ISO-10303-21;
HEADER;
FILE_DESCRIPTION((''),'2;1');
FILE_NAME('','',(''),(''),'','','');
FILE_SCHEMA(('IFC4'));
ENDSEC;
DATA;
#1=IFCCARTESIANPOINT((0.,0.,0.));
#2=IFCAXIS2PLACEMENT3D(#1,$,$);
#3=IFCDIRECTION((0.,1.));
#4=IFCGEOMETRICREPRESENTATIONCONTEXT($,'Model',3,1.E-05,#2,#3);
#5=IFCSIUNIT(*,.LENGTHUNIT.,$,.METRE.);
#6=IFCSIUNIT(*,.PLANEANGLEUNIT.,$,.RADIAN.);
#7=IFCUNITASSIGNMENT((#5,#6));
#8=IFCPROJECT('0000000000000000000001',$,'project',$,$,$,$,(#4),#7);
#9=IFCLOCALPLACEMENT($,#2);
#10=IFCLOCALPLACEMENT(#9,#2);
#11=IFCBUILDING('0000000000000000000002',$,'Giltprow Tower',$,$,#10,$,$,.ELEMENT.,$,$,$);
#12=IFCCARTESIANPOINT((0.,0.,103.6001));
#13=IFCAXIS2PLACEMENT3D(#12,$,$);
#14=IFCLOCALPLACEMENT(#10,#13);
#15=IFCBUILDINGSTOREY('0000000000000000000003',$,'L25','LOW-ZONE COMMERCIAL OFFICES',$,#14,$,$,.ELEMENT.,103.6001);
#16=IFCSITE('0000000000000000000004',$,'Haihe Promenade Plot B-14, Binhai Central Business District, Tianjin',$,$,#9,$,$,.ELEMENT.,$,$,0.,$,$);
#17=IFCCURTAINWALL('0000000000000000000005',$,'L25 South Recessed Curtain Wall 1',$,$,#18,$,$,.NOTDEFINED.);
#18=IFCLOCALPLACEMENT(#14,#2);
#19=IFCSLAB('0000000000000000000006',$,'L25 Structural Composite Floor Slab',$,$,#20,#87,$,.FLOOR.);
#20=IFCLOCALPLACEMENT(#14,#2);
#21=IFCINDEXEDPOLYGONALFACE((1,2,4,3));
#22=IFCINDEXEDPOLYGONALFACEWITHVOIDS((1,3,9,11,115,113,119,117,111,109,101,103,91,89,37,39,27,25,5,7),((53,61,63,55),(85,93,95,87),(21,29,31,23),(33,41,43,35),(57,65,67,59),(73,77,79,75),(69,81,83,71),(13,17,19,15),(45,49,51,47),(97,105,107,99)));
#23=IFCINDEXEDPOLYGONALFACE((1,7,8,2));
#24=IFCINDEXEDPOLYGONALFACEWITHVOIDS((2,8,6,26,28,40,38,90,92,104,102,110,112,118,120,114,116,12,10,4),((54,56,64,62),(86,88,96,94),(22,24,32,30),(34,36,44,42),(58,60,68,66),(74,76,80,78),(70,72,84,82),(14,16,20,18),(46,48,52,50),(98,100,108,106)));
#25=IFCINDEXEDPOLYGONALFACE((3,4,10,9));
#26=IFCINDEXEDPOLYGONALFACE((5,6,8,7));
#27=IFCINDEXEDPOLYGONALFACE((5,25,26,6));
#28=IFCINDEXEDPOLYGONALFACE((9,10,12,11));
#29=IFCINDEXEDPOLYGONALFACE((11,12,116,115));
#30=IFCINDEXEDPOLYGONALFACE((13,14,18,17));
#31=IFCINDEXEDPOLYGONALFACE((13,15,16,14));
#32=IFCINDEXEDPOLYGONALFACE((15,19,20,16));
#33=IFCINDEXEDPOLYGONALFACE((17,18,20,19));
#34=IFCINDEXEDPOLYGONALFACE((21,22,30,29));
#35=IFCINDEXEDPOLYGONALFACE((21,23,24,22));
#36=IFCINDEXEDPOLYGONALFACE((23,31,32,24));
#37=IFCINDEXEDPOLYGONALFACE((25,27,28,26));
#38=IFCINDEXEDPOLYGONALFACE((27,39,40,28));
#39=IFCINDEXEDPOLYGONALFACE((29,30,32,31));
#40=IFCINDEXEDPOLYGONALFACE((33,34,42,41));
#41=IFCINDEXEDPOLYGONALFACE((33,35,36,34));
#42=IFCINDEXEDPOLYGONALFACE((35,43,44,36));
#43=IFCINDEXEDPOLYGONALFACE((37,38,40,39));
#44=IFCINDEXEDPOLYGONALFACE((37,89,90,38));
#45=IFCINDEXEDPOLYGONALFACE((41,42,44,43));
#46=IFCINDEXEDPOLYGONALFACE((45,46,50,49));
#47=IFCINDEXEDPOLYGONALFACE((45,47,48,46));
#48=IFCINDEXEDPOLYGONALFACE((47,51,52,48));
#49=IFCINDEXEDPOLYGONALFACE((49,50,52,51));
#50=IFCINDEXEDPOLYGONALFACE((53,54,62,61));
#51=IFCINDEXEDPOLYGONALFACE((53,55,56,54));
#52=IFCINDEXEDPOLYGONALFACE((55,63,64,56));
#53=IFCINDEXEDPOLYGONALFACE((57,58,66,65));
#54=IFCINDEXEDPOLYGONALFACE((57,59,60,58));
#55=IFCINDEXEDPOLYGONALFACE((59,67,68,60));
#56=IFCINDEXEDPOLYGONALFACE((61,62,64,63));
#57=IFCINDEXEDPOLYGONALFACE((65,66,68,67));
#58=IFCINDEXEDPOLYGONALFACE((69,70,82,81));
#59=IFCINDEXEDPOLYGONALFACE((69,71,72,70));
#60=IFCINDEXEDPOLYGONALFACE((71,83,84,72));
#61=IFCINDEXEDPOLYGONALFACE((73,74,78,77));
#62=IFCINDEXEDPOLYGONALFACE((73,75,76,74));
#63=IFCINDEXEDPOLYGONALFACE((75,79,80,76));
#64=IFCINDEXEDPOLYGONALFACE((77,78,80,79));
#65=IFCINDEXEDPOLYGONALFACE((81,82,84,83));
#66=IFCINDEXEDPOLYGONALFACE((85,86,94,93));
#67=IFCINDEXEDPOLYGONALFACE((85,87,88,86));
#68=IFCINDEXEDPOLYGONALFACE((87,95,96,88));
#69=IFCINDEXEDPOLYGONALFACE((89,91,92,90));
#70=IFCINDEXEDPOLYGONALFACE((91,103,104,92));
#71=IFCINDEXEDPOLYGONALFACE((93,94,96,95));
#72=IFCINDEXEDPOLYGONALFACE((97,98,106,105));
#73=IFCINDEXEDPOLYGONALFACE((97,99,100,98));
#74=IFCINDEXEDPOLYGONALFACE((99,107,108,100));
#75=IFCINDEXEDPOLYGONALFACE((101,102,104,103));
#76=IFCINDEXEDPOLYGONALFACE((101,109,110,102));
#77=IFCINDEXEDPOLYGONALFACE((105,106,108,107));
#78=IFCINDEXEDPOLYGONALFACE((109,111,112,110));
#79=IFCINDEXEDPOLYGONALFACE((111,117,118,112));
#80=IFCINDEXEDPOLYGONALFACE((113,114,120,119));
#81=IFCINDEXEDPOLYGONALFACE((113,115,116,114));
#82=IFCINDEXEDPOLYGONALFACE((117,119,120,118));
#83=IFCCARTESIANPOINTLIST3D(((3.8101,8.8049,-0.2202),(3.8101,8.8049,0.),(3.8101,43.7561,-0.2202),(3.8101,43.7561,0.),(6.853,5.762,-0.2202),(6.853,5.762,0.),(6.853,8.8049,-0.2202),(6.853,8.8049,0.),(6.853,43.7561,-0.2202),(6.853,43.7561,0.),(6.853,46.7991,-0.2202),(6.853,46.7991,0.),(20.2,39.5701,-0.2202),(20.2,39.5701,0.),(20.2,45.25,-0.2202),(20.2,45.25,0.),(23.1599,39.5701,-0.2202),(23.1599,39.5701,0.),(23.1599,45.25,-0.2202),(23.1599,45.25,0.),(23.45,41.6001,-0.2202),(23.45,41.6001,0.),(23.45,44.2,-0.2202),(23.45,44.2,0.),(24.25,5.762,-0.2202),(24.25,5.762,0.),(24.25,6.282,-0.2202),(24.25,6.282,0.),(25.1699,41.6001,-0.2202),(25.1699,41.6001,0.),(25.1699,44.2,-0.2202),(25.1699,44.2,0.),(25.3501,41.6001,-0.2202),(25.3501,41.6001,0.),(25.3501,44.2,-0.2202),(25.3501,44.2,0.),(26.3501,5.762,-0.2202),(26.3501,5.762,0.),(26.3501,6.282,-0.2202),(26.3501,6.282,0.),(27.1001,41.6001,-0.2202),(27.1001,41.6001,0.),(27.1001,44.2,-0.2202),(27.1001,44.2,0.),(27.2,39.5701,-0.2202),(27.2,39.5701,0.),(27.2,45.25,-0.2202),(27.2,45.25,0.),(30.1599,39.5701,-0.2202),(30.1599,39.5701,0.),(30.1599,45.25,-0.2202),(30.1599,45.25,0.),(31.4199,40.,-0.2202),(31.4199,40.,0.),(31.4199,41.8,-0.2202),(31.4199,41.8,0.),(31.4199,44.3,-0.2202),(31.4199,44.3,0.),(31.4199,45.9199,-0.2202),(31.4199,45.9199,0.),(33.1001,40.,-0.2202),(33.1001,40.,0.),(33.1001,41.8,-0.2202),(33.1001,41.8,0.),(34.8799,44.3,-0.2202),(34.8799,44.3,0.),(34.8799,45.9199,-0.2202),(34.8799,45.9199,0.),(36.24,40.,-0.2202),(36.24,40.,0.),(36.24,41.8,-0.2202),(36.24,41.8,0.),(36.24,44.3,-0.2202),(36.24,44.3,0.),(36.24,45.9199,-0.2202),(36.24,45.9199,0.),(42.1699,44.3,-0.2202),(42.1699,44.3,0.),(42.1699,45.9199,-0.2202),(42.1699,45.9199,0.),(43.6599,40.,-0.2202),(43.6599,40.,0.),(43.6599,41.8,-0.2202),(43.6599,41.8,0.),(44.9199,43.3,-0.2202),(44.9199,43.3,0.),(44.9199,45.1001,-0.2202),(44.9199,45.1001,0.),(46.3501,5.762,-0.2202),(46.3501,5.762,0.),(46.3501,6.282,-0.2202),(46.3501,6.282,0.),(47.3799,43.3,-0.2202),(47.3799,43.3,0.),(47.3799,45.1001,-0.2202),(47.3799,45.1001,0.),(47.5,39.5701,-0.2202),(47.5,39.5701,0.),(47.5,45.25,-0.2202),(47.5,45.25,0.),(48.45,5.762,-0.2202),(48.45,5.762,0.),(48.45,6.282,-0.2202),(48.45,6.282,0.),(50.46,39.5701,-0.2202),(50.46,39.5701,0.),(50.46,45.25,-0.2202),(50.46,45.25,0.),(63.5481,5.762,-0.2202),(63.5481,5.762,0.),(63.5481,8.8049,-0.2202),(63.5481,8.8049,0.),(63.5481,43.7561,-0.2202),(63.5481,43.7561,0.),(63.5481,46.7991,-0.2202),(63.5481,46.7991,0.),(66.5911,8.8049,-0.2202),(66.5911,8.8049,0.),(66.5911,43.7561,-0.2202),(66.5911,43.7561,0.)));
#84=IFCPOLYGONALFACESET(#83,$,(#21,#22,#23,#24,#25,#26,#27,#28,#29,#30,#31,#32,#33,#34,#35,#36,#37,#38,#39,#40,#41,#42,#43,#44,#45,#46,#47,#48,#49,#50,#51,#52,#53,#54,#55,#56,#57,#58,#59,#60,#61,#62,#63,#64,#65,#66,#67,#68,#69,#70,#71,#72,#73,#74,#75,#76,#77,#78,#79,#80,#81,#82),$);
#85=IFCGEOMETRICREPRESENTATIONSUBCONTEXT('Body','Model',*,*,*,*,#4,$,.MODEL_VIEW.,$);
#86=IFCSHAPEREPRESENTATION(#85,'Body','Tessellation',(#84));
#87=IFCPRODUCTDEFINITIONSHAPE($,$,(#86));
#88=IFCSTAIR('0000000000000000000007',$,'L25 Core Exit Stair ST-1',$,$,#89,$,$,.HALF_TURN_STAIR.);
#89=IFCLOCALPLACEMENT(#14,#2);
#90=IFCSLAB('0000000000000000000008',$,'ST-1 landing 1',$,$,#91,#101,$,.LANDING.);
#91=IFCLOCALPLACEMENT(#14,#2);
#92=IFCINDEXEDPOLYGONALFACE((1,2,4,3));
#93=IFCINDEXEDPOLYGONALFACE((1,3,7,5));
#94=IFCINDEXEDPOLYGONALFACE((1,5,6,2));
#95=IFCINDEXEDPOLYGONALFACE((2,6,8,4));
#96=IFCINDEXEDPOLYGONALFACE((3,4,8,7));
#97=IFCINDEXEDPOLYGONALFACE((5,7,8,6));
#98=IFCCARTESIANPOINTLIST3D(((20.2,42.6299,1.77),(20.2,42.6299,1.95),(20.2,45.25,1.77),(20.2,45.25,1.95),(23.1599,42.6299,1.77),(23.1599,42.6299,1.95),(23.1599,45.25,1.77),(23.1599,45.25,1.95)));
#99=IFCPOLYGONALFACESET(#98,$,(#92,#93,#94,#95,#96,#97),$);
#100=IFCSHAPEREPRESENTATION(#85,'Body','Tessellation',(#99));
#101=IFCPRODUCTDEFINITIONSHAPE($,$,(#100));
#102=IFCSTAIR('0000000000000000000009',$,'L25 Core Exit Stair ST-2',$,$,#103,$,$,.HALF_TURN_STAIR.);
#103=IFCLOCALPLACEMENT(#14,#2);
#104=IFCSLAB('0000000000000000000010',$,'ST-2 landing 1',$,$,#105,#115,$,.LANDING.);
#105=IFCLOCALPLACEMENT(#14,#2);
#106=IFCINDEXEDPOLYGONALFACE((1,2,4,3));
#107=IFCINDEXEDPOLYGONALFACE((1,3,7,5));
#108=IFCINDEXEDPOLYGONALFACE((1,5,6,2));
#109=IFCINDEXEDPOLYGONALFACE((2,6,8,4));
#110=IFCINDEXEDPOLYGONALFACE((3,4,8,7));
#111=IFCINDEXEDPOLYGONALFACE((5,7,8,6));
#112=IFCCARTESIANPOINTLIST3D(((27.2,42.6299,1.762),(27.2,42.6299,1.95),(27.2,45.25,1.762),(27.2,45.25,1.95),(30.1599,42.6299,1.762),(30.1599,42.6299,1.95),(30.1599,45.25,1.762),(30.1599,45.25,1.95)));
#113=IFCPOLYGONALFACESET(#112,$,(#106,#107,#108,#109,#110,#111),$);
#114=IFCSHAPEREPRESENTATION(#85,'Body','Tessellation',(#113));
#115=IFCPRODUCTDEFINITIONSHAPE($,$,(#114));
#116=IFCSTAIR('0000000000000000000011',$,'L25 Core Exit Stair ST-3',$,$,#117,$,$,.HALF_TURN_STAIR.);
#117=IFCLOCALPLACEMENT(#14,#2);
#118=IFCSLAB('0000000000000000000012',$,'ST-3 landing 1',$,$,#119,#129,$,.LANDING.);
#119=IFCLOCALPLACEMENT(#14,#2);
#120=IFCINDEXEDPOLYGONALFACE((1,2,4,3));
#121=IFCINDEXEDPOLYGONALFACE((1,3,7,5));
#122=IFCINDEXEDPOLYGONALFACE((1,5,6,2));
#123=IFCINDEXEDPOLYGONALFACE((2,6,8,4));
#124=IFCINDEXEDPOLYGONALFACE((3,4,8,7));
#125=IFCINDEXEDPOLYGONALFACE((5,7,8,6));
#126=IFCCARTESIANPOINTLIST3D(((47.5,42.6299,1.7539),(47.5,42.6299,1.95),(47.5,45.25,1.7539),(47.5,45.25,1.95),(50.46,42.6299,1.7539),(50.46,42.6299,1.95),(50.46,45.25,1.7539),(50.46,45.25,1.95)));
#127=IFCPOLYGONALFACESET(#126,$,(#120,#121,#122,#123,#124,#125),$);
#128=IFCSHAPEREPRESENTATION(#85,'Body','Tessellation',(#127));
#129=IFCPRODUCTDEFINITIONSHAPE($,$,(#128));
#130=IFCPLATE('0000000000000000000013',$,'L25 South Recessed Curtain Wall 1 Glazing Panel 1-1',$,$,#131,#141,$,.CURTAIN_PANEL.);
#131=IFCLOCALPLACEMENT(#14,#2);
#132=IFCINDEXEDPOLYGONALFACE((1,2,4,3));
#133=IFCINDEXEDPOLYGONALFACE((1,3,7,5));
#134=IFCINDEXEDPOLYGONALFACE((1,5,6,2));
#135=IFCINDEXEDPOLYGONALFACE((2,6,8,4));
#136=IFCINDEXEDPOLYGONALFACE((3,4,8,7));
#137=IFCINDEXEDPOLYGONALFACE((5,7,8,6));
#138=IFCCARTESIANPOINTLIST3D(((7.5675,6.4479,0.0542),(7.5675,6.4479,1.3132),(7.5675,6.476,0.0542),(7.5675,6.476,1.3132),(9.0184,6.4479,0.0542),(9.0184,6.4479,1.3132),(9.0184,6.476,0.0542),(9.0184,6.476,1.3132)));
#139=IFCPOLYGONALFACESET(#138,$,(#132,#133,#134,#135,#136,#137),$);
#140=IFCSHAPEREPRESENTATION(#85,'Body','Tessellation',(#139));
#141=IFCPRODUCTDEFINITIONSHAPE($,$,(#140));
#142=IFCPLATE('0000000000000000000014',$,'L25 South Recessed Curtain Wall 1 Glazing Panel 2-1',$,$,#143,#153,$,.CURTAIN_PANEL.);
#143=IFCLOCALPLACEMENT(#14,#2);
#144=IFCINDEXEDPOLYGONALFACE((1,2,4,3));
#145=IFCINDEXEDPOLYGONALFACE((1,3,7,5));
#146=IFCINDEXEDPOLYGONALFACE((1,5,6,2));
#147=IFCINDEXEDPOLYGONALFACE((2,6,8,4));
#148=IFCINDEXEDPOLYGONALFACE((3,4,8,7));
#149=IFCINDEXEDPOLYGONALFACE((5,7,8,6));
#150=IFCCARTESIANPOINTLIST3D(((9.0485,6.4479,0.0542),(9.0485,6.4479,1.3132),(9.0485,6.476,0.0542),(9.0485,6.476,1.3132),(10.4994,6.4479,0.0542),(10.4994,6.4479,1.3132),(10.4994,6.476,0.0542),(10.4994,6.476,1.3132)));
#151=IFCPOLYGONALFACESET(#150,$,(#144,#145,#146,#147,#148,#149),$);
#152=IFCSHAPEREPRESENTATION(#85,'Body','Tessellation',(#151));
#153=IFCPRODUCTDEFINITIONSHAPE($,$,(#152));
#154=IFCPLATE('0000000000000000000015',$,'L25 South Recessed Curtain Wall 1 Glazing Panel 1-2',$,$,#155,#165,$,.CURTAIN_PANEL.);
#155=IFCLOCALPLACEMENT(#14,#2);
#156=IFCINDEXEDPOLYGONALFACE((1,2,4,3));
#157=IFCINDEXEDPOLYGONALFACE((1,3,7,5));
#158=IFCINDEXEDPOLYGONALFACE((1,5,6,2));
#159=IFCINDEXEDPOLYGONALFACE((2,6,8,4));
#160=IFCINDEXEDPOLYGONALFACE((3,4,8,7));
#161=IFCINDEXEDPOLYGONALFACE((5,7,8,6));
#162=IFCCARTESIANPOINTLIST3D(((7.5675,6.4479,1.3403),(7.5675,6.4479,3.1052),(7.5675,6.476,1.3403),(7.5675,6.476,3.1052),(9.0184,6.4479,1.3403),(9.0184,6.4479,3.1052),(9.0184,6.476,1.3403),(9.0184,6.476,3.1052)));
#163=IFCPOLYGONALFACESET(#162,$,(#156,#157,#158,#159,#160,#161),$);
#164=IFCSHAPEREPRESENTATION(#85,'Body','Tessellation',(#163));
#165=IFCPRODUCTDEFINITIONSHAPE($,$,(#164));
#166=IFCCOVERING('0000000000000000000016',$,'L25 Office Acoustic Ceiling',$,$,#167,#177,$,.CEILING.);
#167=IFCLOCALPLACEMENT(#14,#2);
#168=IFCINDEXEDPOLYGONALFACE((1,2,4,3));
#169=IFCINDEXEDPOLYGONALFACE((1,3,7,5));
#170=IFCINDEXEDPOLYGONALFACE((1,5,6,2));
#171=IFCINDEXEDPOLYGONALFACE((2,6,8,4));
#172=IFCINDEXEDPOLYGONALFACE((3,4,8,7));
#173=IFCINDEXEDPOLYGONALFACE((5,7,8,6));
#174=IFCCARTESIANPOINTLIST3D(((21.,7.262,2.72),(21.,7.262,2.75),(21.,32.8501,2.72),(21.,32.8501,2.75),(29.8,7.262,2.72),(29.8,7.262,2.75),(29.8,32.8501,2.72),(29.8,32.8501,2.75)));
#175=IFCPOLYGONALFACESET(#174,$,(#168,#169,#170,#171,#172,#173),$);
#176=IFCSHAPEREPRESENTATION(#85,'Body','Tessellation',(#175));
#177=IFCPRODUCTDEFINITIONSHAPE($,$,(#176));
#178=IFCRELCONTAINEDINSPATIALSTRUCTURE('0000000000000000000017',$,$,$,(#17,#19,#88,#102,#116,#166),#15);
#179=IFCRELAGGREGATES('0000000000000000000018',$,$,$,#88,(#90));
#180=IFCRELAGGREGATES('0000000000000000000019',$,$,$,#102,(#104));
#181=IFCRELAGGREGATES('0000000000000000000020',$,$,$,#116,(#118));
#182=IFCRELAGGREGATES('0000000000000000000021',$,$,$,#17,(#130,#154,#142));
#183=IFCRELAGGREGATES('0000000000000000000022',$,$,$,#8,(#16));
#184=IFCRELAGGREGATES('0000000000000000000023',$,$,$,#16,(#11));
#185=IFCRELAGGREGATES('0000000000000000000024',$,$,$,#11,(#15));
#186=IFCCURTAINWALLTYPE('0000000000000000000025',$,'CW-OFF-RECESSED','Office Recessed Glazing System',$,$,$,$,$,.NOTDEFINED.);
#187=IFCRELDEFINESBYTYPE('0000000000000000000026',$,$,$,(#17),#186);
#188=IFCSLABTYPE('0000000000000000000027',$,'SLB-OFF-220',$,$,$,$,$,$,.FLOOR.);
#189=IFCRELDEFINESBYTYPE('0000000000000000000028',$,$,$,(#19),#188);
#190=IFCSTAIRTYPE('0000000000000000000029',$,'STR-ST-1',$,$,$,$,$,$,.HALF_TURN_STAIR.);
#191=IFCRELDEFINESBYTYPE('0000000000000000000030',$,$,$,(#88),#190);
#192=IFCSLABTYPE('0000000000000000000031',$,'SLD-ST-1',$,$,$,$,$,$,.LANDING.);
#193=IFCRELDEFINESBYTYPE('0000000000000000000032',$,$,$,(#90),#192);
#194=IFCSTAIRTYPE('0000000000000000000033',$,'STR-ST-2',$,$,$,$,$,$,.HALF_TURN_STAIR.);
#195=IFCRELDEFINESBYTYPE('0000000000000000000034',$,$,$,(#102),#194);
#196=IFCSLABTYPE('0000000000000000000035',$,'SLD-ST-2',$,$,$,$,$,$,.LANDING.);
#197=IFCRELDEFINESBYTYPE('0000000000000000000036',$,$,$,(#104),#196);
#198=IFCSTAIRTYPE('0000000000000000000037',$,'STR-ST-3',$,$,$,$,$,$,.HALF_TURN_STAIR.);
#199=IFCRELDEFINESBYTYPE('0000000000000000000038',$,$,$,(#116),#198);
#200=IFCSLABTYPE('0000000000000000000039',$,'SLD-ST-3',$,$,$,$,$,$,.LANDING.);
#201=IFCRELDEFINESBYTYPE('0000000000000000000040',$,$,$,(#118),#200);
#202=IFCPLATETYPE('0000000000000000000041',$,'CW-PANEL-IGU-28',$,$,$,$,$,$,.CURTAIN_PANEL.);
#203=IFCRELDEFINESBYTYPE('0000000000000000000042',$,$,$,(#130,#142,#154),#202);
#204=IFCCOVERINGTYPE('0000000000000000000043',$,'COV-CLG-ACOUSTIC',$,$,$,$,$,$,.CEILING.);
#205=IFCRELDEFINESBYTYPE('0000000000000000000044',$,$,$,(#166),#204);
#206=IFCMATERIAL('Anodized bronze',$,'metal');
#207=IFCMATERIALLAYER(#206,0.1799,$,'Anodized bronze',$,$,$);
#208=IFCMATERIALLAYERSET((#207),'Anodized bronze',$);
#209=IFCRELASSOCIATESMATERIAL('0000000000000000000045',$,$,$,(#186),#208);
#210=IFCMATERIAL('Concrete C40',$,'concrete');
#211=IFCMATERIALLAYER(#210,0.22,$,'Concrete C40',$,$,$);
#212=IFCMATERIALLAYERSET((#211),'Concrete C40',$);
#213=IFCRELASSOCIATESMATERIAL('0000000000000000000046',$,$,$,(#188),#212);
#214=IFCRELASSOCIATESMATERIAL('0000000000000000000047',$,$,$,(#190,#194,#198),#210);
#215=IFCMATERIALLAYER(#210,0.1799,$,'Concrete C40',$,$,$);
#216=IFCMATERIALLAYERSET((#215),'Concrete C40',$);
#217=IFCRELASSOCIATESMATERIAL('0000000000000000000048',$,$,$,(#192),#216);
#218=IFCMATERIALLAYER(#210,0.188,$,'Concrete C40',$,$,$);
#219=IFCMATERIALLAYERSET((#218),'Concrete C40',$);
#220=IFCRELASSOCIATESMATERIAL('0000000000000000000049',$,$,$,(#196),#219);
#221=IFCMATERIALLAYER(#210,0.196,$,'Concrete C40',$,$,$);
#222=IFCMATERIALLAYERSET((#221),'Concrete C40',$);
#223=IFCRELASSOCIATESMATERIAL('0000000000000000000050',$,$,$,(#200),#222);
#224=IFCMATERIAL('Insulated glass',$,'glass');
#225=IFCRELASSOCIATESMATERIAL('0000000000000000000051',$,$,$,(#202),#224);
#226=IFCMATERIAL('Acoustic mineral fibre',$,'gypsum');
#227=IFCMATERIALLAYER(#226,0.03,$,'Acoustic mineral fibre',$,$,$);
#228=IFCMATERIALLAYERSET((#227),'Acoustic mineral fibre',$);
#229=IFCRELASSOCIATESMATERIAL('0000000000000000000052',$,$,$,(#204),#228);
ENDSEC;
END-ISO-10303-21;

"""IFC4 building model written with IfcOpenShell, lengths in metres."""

from ifc_helpers import new_model, si_unit, direction, frame, origin, origin_2d, place, context, subcontext, project, spatial, polyline, rectangle, outline, extrude, source, transform, mapped, material, layer, layer_set, type_object, element, aggregate, save


model = new_model("IFC4")

# Units and contexts
model_context = context("Model", 3, precision=1e-05, world=origin(), true_north=direction((0.0, 1.0)))
body_context = subcontext(model_context, "Body", "Model", "MODEL_VIEW")
ifc_project = project(units=[si_unit("LENGTHUNIT", "METRE"), si_unit("PLANEANGLEUNIT", "RADIAN")], contexts=[model_context])

# Site, building, storey
site_placement = place(None, origin())
site = spatial("IfcSite", under=ifc_project, at=site_placement, Name="Haihe Promenade Plot B-14, Binhai Central Business District, Tianjin", CompositionType="ELEMENT", RefElevation=0.0)
building_placement = place(site_placement, origin())
building = spatial("IfcBuilding", under=site, at=building_placement, Name="Giltprow Tower", CompositionType="ELEMENT")
storey_placement = place(building_placement, frame((0.0, 0.0, 103.6001)))
storey = spatial("IfcBuildingStorey", under=building, at=storey_placement, Name="L25", Description="LOW-ZONE COMMERCIAL OFFICES", CompositionType="ELEMENT", Elevation=103.6001)

# Curtain wall
ifc_material_1 = material(Name="Anodized bronze", Category="metal")
ifc_layer_1 = layer(ifc_material_1, 0.1799, Name="Anodized bronze")
ifc_layer_set_1 = layer_set([ifc_layer_1], Name="Anodized bronze")
curtain_wall_type = type_object("IfcCurtainWallType", Name="CW-OFF-RECESSED", Description="Office Recessed Glazing System", PredefinedType="NOTDEFINED", material=ifc_layer_set_1)
curtain_wall_placement = place(storey_placement, origin())
curtain_wall = element("IfcCurtainWall", 1, at=curtain_wall_placement, inside=storey, type_object=curtain_wall_type, Name="L25 South Recessed Curtain Wall 1", PredefinedType="NOTDEFINED")

# Slab
ifc_material_2 = material(Name="Concrete C40", Category="concrete")
ifc_layer_2 = layer(ifc_material_2, 0.22, Name="Concrete C40")
ifc_layer_set_2 = layer_set([ifc_layer_2], Name="Concrete C40")
slab_type_1 = type_object("IfcSlabType", Name="SLB-OFF-220", PredefinedType="FLOOR", material=ifc_layer_set_2)
slab_1_placement = place(storey_placement, frame((0.0, 0.0, -0.2202)))
element("IfcSlab", 2, at=slab_1_placement, inside=storey, type_object=slab_type_1, Name="L25 Structural Composite Floor Slab", PredefinedType="FLOOR", context=body_context, shape_type="SweptSolid", body=[
    extrude(outline(polyline([(6.853, 5.762), (6.853, 8.8049), (3.8101, 8.8049), (3.8101, 43.7561), (6.853, 43.7561), (6.853, 46.7991), (63.5481, 46.7991), (63.5481, 43.7561), (66.5911, 43.7561), (66.5911, 8.8049), (63.5481, 8.8049), (63.5481, 5.762), (48.45, 5.762), (48.45, 6.282), (46.3501, 6.282), (46.3501, 5.762), (26.3501, 5.762), (26.3501, 6.282), (24.25, 6.282), (24.25, 5.762), (6.853, 5.762)]), holes=[polyline([(33.1001, 41.8), (31.4199, 41.8), (31.4199, 40.0), (33.1001, 40.0), (33.1001, 41.8)]), polyline([(23.1599, 39.5701), (23.1599, 45.25), (20.2, 45.25), (20.2, 39.5701), (23.1599, 39.5701)]), polyline([(30.1599, 45.25), (27.2, 45.25), (27.2, 39.5701), (30.1599, 39.5701), (30.1599, 45.25)]), polyline([(25.1699, 41.6001), (25.1699, 44.2), (23.45, 44.2), (23.45, 41.6001), (25.1699, 41.6001)]), polyline([(27.1001, 41.6001), (27.1001, 44.2), (25.3501, 44.2), (25.3501, 41.6001), (27.1001, 41.6001)]), polyline([(43.6599, 40.0), (43.6599, 41.8), (36.24, 41.8), (36.24, 40.0), (43.6599, 40.0)]), polyline([(50.46, 39.5701), (50.46, 45.25), (47.5, 45.25), (47.5, 39.5701), (50.46, 39.5701)]), polyline([(47.3799, 45.1001), (44.9199, 45.1001), (44.9199, 43.3), (47.3799, 43.3), (47.3799, 45.1001)]), polyline([(34.8799, 44.3), (34.8799, 45.9199), (31.4199, 45.9199), (31.4199, 44.3), (34.8799, 44.3)]), polyline([(42.1699, 44.3), (42.1699, 45.9199), (36.24, 45.9199), (36.24, 44.3), (42.1699, 44.3)])]), origin(), (0.0, 0.0, 1.0), 0.2202),
])

# Stairs, slabs
stair_type_1 = type_object("IfcStairType", Name="STR-ST-1", PredefinedType="HALF_TURN_STAIR", material=ifc_material_2)
stair_1_placement = place(storey_placement, origin())
stair_1 = element("IfcStair", 3, at=stair_1_placement, inside=storey, type_object=stair_type_1, Name="L25 Core Exit Stair ST-1", PredefinedType="HALF_TURN_STAIR")
ifc_layer_3 = layer(ifc_material_2, 0.1799, Name="Concrete C40")
ifc_layer_set_3 = layer_set([ifc_layer_3], Name="Concrete C40")
slab_type_2 = type_object("IfcSlabType", Name="SLD-ST-1", PredefinedType="LANDING", material=ifc_layer_set_3)
slab_2_placement = place(storey_placement, frame((0.0, 0.0, 1.77)))
slab_2 = element("IfcSlab", 4, at=slab_2_placement, type_object=slab_type_2, Name="ST-1 landing 1", PredefinedType="LANDING", context=body_context, shape_type="SweptSolid", body=[
    extrude(outline(polyline([(23.1599, 42.6299), (23.1599, 45.25), (20.2, 45.25), (20.2, 42.6299), (23.1599, 42.6299)])), origin(), (0.0, 0.0, 1.0), 0.1799),
])
aggregate(stair_1, [slab_2])
stair_type_2 = type_object("IfcStairType", Name="STR-ST-2", PredefinedType="HALF_TURN_STAIR", material=ifc_material_2)
stair_2_placement = place(storey_placement, origin())
stair_2 = element("IfcStair", 5, at=stair_2_placement, inside=storey, type_object=stair_type_2, Name="L25 Core Exit Stair ST-2", PredefinedType="HALF_TURN_STAIR")
ifc_layer_4 = layer(ifc_material_2, 0.188, Name="Concrete C40")
ifc_layer_set_4 = layer_set([ifc_layer_4], Name="Concrete C40")
slab_type_3 = type_object("IfcSlabType", Name="SLD-ST-2", PredefinedType="LANDING", material=ifc_layer_set_4)
slab_3_placement = place(storey_placement, frame((0.0, 0.0, 1.762)))
slab_3 = element("IfcSlab", 6, at=slab_3_placement, type_object=slab_type_3, Name="ST-2 landing 1", PredefinedType="LANDING", context=body_context, shape_type="SweptSolid", body=[
    extrude(outline(polyline([(30.1599, 42.6299), (30.1599, 45.25), (27.2, 45.25), (27.2, 42.6299), (30.1599, 42.6299)])), origin(), (0.0, 0.0, 1.0), 0.188),
])
aggregate(stair_2, [slab_3])
stair_type_3 = type_object("IfcStairType", Name="STR-ST-3", PredefinedType="HALF_TURN_STAIR", material=ifc_material_2)
stair_3_placement = place(storey_placement, origin())
stair_3 = element("IfcStair", 7, at=stair_3_placement, inside=storey, type_object=stair_type_3, Name="L25 Core Exit Stair ST-3", PredefinedType="HALF_TURN_STAIR")
ifc_layer_5 = layer(ifc_material_2, 0.196, Name="Concrete C40")
ifc_layer_set_5 = layer_set([ifc_layer_5], Name="Concrete C40")
slab_type_4 = type_object("IfcSlabType", Name="SLD-ST-3", PredefinedType="LANDING", material=ifc_layer_set_5)
slab_4_placement = place(storey_placement, frame((0.0, 0.0, 1.7539)))
slab_4 = element("IfcSlab", 8, at=slab_4_placement, type_object=slab_type_4, Name="ST-3 landing 1", PredefinedType="LANDING", context=body_context, shape_type="SweptSolid", body=[
    extrude(outline(polyline([(50.46, 42.6299), (50.46, 45.25), (47.5, 45.25), (47.5, 42.6299), (50.46, 42.6299)])), origin(), (0.0, 0.0, 1.0), 0.196),
])
aggregate(stair_3, [slab_4])

# Plates
ifc_material_3 = material(Name="Insulated glass", Category="glass")
plate_type = type_object("IfcPlateType", Name="CW-PANEL-IGU-28", PredefinedType="CURTAIN_PANEL", material=ifc_material_3)
shared_shape_1 = source(origin(), body_context, "Body", "SweptSolid", [
    extrude(rectangle(XDim=1.4509, YDim=0.0281, at=origin_2d()), origin(), (0.0, 0.0, 1.0), 1.259),
])
plate_1_placement = place(storey_placement, frame((8.293, 6.4619, 0.0542), z_axis=(0.0, 0.0, 1.0), x_axis=(1.0, 0.0, 0.0)))
plate_1 = element("IfcPlate", 9, at=plate_1_placement, type_object=plate_type, Name="L25 South Recessed Curtain Wall 1 Glazing Panel 1-1", PredefinedType="CURTAIN_PANEL", context=body_context, shape_type="MappedRepresentation", body=[
    mapped(shared_shape_1, transform((0.0, 0.0, 0.0), x_axis=(1.0, 0.0, 0.0), y_axis=(0.0, 1.0, 0.0), z_axis=(0.0, 0.0, 1.0), scale=1.0)),
])
plate_2_placement = place(storey_placement, frame((9.7739, 6.4619, 0.0542), z_axis=(0.0, 0.0, 1.0), x_axis=(1.0, 0.0, 0.0)))
plate_2 = element("IfcPlate", 10, at=plate_2_placement, type_object=plate_type, Name="L25 South Recessed Curtain Wall 1 Glazing Panel 2-1", PredefinedType="CURTAIN_PANEL", context=body_context, shape_type="MappedRepresentation", body=[
    mapped(shared_shape_1, transform((0.0, 0.0, 0.0), x_axis=(1.0, 0.0, 0.0), y_axis=(0.0, 1.0, 0.0), z_axis=(0.0, 0.0, 1.0), scale=1.0)),
])
shared_shape_2 = source(origin(), body_context, "Body", "SweptSolid", [
    extrude(rectangle(XDim=1.4509, YDim=0.0281, at=origin_2d()), origin(), (0.0, 0.0, 1.0), 1.7649),
])
plate_3_placement = place(storey_placement, frame((8.293, 6.4619, 1.3403), z_axis=(0.0, 0.0, 1.0), x_axis=(1.0, 0.0, 0.0)))
plate_3 = element("IfcPlate", 11, at=plate_3_placement, type_object=plate_type, Name="L25 South Recessed Curtain Wall 1 Glazing Panel 1-2", PredefinedType="CURTAIN_PANEL", context=body_context, shape_type="MappedRepresentation", body=[
    mapped(shared_shape_2, transform((0.0, 0.0, 0.0), x_axis=(1.0, 0.0, 0.0), y_axis=(0.0, 1.0, 0.0), z_axis=(0.0, 0.0, 1.0), scale=1.0)),
])
aggregate(curtain_wall, [plate_1, plate_3, plate_2])

# Covering
ifc_material_4 = material(Name="Acoustic mineral fibre", Category="gypsum")
ifc_layer_6 = layer(ifc_material_4, 0.03, Name="Acoustic mineral fibre")
ifc_layer_set_6 = layer_set([ifc_layer_6], Name="Acoustic mineral fibre")
covering_type_1 = type_object("IfcCoveringType", Name="COV-CLG-ACOUSTIC", PredefinedType="CEILING", material=ifc_layer_set_6)
covering_1_placement = place(storey_placement, frame((0.0, 0.0, 2.72)))
element("IfcCovering", 12, at=covering_1_placement, inside=storey, type_object=covering_type_1, Name="L25 Office Acoustic Ceiling", PredefinedType="CEILING", context=body_context, shape_type="SweptSolid", body=[
    extrude(outline(polyline([(21.0, 7.262), (29.8, 7.262), (29.8, 32.8501), (21.0, 32.8501), (21.0, 7.262)])), origin(), (0.0, 0.0, 1.0), 0.03),
])

save(model, "model.ifc")
